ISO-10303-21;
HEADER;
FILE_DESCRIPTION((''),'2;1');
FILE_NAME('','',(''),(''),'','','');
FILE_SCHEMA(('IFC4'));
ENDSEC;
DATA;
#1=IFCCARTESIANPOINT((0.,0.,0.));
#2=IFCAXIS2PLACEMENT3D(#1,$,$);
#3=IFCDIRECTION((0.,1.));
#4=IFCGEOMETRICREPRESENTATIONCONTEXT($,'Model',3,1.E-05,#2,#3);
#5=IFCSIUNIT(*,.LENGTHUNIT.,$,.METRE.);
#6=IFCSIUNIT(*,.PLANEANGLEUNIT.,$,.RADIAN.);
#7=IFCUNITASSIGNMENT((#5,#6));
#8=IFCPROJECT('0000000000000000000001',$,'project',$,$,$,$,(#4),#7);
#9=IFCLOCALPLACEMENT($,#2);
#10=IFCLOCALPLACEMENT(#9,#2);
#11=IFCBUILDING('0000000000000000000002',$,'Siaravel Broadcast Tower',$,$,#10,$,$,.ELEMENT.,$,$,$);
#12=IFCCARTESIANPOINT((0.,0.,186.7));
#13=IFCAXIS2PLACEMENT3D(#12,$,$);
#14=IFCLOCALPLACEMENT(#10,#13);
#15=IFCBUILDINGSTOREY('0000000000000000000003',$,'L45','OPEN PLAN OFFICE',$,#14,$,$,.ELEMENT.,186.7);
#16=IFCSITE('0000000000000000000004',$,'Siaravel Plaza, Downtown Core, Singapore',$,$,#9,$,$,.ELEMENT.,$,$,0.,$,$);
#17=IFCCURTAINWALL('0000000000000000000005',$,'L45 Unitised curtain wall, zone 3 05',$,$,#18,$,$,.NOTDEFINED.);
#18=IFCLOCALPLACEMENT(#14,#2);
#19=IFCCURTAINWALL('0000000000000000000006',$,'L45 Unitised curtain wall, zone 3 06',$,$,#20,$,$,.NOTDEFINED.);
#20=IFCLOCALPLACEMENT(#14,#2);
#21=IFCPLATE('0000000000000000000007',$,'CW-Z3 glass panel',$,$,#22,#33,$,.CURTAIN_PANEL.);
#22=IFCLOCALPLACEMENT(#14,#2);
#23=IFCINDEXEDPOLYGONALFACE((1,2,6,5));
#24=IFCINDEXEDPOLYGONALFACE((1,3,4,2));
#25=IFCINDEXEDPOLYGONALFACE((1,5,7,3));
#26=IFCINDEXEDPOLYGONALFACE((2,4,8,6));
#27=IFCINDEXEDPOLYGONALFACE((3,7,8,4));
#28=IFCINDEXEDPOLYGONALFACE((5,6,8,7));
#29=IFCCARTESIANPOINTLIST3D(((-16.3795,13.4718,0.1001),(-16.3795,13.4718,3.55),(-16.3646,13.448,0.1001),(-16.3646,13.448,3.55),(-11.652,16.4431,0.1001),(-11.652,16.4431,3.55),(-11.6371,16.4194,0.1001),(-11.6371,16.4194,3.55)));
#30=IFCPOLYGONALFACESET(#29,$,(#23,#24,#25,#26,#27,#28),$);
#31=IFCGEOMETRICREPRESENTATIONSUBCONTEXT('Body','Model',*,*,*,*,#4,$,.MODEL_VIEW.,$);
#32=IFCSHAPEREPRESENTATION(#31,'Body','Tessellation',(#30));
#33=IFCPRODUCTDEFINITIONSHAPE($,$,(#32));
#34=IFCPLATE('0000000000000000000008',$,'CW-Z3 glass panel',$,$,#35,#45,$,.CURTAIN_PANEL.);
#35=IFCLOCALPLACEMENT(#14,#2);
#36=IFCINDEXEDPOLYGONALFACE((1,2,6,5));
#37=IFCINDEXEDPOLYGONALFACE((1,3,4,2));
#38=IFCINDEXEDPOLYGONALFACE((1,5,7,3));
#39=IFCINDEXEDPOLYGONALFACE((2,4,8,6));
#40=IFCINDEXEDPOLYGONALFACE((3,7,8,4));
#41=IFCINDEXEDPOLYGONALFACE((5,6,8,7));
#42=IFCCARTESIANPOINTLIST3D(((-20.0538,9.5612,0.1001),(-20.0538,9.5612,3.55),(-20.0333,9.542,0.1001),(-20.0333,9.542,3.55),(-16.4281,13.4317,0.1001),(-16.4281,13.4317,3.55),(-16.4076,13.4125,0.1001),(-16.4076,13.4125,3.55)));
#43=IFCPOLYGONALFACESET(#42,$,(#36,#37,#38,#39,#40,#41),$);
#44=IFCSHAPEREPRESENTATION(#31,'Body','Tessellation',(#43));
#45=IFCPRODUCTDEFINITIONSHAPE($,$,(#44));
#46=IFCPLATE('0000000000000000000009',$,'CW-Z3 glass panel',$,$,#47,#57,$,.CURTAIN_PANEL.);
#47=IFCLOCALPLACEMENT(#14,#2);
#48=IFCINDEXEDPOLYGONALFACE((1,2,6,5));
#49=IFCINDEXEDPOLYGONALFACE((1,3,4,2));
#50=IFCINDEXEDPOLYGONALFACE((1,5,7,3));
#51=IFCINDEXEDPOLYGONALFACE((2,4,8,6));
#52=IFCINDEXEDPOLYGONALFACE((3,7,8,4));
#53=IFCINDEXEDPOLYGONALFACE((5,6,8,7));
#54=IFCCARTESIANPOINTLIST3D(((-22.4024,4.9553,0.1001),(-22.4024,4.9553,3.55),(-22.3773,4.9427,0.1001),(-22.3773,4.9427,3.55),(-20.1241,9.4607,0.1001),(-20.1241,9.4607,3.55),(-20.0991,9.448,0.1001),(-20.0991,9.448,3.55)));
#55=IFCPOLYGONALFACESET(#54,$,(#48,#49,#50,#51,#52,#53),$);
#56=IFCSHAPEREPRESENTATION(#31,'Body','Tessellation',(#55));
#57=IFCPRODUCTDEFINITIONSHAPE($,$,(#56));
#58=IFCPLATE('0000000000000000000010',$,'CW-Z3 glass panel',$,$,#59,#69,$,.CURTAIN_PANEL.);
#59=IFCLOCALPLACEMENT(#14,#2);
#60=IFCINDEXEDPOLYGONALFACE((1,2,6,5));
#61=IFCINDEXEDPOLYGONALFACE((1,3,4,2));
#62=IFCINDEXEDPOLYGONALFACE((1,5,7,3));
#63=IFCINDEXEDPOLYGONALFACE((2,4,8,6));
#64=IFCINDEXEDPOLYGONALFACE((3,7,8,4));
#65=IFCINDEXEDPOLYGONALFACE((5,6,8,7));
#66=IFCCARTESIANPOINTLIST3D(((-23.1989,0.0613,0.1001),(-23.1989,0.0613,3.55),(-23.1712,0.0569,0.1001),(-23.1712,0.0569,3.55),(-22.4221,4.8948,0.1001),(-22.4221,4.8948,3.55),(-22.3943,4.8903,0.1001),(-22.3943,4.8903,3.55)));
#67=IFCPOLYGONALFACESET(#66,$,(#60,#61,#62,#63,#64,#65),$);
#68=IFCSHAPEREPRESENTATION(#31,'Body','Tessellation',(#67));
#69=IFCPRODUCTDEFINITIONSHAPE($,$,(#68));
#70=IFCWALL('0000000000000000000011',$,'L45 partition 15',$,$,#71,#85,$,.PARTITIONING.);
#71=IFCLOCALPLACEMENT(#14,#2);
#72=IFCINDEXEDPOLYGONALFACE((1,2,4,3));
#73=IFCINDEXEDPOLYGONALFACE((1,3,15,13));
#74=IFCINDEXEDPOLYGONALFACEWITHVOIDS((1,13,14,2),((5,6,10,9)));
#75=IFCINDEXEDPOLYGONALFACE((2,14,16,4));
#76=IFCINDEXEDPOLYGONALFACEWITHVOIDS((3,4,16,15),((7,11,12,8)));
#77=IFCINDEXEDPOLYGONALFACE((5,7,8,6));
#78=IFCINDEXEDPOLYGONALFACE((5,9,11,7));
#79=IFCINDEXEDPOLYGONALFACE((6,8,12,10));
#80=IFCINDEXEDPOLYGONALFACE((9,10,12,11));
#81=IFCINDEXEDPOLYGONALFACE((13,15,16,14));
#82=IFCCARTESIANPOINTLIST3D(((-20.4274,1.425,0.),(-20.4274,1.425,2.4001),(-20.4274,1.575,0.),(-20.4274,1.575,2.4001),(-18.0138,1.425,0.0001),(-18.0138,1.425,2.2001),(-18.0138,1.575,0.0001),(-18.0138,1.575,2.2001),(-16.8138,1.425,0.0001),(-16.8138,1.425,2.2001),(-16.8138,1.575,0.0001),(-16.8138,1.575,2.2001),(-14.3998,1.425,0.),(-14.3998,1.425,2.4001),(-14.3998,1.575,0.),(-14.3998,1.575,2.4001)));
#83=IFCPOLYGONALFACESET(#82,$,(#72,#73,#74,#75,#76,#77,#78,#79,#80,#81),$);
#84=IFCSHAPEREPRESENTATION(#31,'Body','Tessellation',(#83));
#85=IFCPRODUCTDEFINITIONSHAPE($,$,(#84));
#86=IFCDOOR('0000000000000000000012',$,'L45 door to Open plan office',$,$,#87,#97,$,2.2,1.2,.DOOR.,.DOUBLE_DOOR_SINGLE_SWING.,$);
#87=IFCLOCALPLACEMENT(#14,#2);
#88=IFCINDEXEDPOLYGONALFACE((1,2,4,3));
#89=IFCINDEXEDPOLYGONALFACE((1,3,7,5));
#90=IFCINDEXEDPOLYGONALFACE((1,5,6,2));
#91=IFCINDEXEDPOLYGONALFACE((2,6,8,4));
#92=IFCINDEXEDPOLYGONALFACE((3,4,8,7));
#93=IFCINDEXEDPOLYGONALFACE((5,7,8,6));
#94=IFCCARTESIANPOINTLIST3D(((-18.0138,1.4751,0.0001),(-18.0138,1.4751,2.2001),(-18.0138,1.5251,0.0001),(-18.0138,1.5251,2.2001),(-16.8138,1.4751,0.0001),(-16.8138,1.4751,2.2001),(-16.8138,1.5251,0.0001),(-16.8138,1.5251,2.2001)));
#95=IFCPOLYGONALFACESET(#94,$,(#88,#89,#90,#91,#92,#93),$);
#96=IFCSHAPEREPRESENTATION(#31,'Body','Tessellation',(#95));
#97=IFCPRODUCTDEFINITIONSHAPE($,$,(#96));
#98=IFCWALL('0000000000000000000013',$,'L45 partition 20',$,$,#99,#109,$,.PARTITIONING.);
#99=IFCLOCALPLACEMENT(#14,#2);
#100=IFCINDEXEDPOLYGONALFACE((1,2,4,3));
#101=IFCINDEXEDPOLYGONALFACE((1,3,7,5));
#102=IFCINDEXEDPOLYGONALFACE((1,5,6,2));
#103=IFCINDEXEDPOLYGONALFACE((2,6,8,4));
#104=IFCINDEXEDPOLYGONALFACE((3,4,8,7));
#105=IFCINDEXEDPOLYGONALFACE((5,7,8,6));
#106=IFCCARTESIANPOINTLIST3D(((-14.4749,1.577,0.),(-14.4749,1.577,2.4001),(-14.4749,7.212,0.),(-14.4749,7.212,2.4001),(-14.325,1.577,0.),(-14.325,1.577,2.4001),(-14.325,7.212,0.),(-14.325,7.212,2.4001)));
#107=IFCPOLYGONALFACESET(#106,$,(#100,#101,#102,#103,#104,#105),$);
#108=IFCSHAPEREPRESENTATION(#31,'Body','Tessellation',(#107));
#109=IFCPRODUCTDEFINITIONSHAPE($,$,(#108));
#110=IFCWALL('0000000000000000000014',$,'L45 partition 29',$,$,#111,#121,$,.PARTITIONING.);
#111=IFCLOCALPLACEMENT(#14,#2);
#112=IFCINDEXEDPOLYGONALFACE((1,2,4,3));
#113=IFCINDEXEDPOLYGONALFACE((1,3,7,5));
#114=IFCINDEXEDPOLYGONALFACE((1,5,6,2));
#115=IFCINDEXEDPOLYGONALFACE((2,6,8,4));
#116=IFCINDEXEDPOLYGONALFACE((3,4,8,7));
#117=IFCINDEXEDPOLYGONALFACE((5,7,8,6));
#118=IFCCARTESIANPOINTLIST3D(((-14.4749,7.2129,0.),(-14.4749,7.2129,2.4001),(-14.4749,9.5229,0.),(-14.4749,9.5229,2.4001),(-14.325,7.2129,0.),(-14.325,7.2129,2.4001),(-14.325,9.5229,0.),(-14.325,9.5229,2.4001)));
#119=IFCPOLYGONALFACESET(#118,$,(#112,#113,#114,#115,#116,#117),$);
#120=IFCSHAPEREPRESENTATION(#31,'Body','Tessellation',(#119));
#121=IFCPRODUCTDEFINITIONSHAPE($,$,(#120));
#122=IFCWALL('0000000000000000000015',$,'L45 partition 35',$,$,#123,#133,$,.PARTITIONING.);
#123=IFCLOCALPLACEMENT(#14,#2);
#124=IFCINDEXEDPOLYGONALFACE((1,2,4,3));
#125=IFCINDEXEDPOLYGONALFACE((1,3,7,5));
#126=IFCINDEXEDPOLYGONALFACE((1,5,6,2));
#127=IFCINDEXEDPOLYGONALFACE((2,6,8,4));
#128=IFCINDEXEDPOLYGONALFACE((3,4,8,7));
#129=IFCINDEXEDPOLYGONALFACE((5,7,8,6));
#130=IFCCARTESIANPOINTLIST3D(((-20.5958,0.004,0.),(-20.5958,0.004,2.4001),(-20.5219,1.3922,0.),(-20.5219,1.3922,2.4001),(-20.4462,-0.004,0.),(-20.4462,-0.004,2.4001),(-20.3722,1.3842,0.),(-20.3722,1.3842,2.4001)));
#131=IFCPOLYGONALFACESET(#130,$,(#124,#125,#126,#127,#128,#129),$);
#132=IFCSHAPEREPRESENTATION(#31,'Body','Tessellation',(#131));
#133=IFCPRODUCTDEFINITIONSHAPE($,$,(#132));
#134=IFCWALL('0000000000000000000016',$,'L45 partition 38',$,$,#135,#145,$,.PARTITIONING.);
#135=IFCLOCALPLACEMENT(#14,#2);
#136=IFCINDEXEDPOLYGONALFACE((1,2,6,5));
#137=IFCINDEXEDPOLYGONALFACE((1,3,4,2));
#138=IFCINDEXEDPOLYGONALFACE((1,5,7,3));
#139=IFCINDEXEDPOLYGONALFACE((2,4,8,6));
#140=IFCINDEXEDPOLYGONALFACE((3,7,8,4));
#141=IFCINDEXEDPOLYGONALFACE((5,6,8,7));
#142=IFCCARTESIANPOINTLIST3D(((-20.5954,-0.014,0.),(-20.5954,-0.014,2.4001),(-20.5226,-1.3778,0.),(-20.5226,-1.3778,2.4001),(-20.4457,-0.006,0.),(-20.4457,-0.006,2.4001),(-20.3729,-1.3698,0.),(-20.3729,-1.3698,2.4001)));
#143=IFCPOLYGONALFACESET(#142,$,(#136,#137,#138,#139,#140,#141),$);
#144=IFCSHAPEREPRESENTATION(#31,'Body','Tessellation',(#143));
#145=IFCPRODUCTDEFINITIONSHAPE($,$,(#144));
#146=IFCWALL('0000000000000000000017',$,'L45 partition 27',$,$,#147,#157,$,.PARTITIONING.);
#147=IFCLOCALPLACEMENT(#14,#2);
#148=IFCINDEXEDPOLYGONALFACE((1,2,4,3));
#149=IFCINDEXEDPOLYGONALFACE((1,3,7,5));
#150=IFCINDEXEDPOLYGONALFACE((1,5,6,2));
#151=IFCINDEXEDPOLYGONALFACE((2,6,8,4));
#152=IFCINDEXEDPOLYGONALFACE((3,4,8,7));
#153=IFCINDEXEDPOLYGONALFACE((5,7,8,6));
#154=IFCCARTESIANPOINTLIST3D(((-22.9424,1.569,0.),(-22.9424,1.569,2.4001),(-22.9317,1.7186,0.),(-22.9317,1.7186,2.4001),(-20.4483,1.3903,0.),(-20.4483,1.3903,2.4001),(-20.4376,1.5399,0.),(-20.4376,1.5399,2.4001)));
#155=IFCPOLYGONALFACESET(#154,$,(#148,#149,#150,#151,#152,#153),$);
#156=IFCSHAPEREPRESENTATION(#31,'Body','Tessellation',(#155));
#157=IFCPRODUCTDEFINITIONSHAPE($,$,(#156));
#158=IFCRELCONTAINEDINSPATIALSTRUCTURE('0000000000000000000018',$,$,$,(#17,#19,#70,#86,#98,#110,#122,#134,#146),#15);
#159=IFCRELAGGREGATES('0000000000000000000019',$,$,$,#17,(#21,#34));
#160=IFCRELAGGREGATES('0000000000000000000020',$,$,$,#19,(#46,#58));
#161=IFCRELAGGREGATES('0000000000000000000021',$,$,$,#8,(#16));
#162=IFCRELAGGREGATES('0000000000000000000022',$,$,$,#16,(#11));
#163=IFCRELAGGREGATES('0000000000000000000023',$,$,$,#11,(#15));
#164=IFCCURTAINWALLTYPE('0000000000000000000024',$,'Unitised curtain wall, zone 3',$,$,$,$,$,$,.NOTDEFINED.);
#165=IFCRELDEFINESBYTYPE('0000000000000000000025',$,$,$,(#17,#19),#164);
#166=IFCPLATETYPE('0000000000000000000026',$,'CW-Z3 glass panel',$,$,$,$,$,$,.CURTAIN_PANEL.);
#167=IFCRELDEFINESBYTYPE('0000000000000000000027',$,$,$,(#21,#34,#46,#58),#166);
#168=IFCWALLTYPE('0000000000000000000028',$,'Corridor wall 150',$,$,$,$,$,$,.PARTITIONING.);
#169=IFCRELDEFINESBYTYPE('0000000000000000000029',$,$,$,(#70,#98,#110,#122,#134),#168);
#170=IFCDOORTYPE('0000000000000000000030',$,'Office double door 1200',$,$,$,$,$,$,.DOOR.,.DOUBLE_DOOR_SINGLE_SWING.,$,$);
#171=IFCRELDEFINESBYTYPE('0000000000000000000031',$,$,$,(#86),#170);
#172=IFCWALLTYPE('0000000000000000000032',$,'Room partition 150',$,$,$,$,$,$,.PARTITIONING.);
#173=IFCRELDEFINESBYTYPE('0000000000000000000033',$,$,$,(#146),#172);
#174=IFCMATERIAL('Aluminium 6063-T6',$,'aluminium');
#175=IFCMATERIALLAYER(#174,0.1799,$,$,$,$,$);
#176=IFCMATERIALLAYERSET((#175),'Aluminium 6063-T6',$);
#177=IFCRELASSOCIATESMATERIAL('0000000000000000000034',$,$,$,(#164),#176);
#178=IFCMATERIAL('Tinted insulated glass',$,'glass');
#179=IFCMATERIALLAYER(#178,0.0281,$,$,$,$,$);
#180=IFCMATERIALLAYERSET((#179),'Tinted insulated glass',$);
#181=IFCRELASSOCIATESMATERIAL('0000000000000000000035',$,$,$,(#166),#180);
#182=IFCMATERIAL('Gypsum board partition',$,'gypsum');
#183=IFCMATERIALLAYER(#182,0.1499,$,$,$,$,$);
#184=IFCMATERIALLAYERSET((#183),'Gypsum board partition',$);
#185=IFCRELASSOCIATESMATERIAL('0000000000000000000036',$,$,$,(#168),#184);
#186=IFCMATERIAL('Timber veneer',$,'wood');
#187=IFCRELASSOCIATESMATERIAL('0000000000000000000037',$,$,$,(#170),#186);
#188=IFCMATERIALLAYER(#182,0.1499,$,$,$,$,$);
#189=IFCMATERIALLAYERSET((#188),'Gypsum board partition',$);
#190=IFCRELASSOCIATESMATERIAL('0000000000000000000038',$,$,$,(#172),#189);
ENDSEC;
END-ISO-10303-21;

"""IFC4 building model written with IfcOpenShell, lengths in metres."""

from ifc_helpers import new_model, si_unit, direction, frame, frame_2d, origin, origin_2d, place, context, subcontext, project, spatial, rectangle, extrude, material, layer, layer_set, type_object, element, fill, aggregate, save


model = new_model("IFC4")

# Units and contexts
model_context = context("Model", 3, precision=1e-05, world=origin(), true_north=direction((0.0, 1.0)))
body_context = subcontext(model_context, "Body", "Model", "MODEL_VIEW")
ifc_project = project(units=[si_unit("LENGTHUNIT", "METRE"), si_unit("PLANEANGLEUNIT", "RADIAN")], contexts=[model_context])

# Site, building, storey
site_placement = place(None, origin())
site = spatial("IfcSite", under=ifc_project, at=site_placement, Name="Siaravel Plaza, Downtown Core, Singapore", CompositionType="ELEMENT", RefElevation=0.0)
building_placement = place(site_placement, origin())
building = spatial("IfcBuilding", under=site, at=building_placement, Name="Siaravel Broadcast Tower", CompositionType="ELEMENT")
storey_placement = place(building_placement, frame((0.0, 0.0, 186.7)))
storey = spatial("IfcBuildingStorey", under=building, at=storey_placement, Name="L45", Description="OPEN PLAN OFFICE", CompositionType="ELEMENT", Elevation=186.7)

# Curtain walls
ifc_material_1 = material(Name="Aluminium 6063-T6", Category="aluminium")
ifc_layer_1 = layer(ifc_material_1, 0.1799)
ifc_layer_set_1 = layer_set([ifc_layer_1], Name="Aluminium 6063-T6")
curtain_wall_type = type_object("IfcCurtainWallType", Name="Unitised curtain wall, zone 3", PredefinedType="NOTDEFINED", material=ifc_layer_set_1)
curtain_wall_1_placement = place(storey_placement, origin())
curtain_wall_1 = element("IfcCurtainWall", 1, at=curtain_wall_1_placement, inside=storey, type_object=curtain_wall_type, Name="L45 Unitised curtain wall, zone 3 05", PredefinedType="NOTDEFINED")
curtain_wall_2_placement = place(storey_placement, origin())
curtain_wall_2 = element("IfcCurtainWall", 2, at=curtain_wall_2_placement, inside=storey, type_object=curtain_wall_type, Name="L45 Unitised curtain wall, zone 3 06", PredefinedType="NOTDEFINED")

# Plates
ifc_material_2 = material(Name="Tinted insulated glass", Category="glass")
ifc_layer_2 = layer(ifc_material_2, 0.0281)
ifc_layer_set_2 = layer_set([ifc_layer_2], Name="Tinted insulated glass")
plate_type = type_object("IfcPlateType", Name="CW-Z3 glass panel", PredefinedType="CURTAIN_PANEL", material=ifc_layer_set_2)
plate_1_placement = place(storey_placement, frame((-14.0083, 14.9456, 0.1001), z_axis=(0.0, 0.0, 1.0), x_axis=(-0.846651, -0.532149, 0.0)))
plate_1 = element("IfcPlate", 3, at=plate_1_placement, type_object=plate_type, Name="CW-Z3 glass panel", PredefinedType="CURTAIN_PANEL", context=body_context, shape_type="SweptSolid", body=[
    extrude(rectangle(XDim=5.5837, YDim=0.0281, at=origin_2d()), origin(), (0.0, 0.0, 1.0), 3.45),
])
plate_2_placement = place(storey_placement, frame((-18.2307, 11.4868, 0.1001), z_axis=(0.0, 0.0, 1.0), x_axis=(-0.683655, -0.729805, 0.0)))
plate_2 = element("IfcPlate", 4, at=plate_2_placement, type_object=plate_type, Name="CW-Z3 glass panel", PredefinedType="CURTAIN_PANEL", context=body_context, shape_type="SweptSolid", body=[
    extrude(rectangle(XDim=5.3035, YDim=0.0281, at=origin_2d()), origin(), (0.0, 0.0, 1.0), 3.45),
])
aggregate(curtain_wall_1, [plate_1, plate_2])
plate_3_placement = place(storey_placement, frame((-21.2507, 7.2017, 0.1001), z_axis=(0.0, 0.0, 1.0), x_axis=(-0.451261, -0.892392, 0.0)))
plate_3 = element("IfcPlate", 5, at=plate_3_placement, type_object=plate_type, Name="CW-Z3 glass panel", PredefinedType="CURTAIN_PANEL", context=body_context, shape_type="SweptSolid", body=[
    extrude(rectangle(XDim=5.0486, YDim=0.0281, at=origin_2d()), origin(), (0.0, 0.0, 1.0), 3.45),
])
plate_4_placement = place(storey_placement, frame((-22.7966, 2.4758, 0.1001), z_axis=(0.0, 0.0, 1.0), x_axis=(-0.158686, -0.987329, 0.0)))
plate_4 = element("IfcPlate", 6, at=plate_4_placement, type_object=plate_type, Name="CW-Z3 glass panel", PredefinedType="CURTAIN_PANEL", context=body_context, shape_type="SweptSolid", body=[
    extrude(rectangle(XDim=4.8955, YDim=0.0281, at=origin_2d()), origin(), (0.0, 0.0, 1.0), 3.45),
])
aggregate(curtain_wall_2, [plate_3, plate_4])

# Wall, opening, door
ifc_material_3 = material(Name="Gypsum board partition", Category="gypsum")
ifc_layer_3 = layer(ifc_material_3, 0.1499)
ifc_layer_set_3 = layer_set([ifc_layer_3], Name="Gypsum board partition")
wall_type_1 = type_object("IfcWallType", Name="Corridor wall 150", PredefinedType="PARTITIONING", material=ifc_layer_set_3)
wall_1_placement = place(storey_placement, frame((-14.3999, 1.5, 0.0), z_axis=(0.0, 0.0, 1.0), x_axis=(-1.0, 0.0, 0.0)))
wall_1 = element("IfcWall", 7, at=wall_1_placement, inside=storey, type_object=wall_type_1, Name="L45 partition 15", PredefinedType="PARTITIONING", context=body_context, shape_type="SweptSolid", body=[
    extrude(rectangle(XDim=6.0276, YDim=0.1499, at=frame_2d((3.0137, 0.0))), origin(), (0.0, 0.0, 1.0), 2.4001),
])
opening_placement = place(wall_1_placement, frame((2.4138, 0.0, 0.0)))
opening = element("IfcOpeningElement", 8, at=opening_placement, cuts=wall_1, PredefinedType="OPENING", context=body_context, shape_type="SweptSolid", body=[
    extrude(rectangle(XDim=1.2, YDim=2.2, at=frame_2d((0.6001, 1.1001))), frame((0.0, 0.085, 0.0), z_axis=(0.0, -1.0, 0.0), x_axis=(1.0, 0.0, 0.0)), (0.0, 0.0, 1.0), 0.1699),
])
ifc_material_4 = material(Name="Timber veneer", Category="wood")
door_type = type_object("IfcDoorType", Name="Office double door 1200", OperationType="DOUBLE_DOOR_SINGLE_SWING", PredefinedType="DOOR", material=ifc_material_4)
door_placement = place(opening_placement, origin())
door = element("IfcDoor", 9, at=door_placement, inside=storey, type_object=door_type, Name="L45 door to Open plan office", OperationType="DOUBLE_DOOR_SINGLE_SWING", OverallHeight=2.2, OverallWidth=1.2, PredefinedType="DOOR", context=body_context, shape_type="SweptSolid", body=[
    extrude(rectangle(XDim=1.2, YDim=2.2, at=frame_2d((0.6001, 1.1001))), frame((0.0, 0.0249, 0.0), z_axis=(0.0, -1.0, 0.0), x_axis=(1.0, 0.0, 0.0)), (0.0, 0.0, 1.0), 0.05),
])
fill(opening, door)

# Walls
wall_2_placement = place(storey_placement, frame((-14.3999, 7.2119, 0.0), z_axis=(0.0, 0.0, 1.0), x_axis=(0.0, -1.0, 0.0)))
element("IfcWall", 10, at=wall_2_placement, inside=storey, type_object=wall_type_1, Name="L45 partition 20", PredefinedType="PARTITIONING", context=body_context, shape_type="SweptSolid", body=[
    extrude(rectangle(XDim=5.635, YDim=0.1499, at=frame_2d((2.8174, 0.0))), origin(), (0.0, 0.0, 1.0), 2.4001),
])
wall_3_placement = place(storey_placement, frame((-14.3999, 9.5229, 0.0), z_axis=(0.0, 0.0, 1.0), x_axis=(0.0, -1.0, 0.0)))
element("IfcWall", 11, at=wall_3_placement, inside=storey, type_object=wall_type_1, Name="L45 partition 29", PredefinedType="PARTITIONING", context=body_context, shape_type="SweptSolid", body=[
    extrude(rectangle(XDim=2.3101, YDim=0.1499, at=frame_2d((1.155, 0.0))), origin(), (0.0, 0.0, 1.0), 2.4001),
])
wall_4_placement = place(storey_placement, frame((-20.447, 1.3882, 0.0), z_axis=(0.0, 0.0, 1.0), x_axis=(-0.053213, -0.998583, 0.0)))
element("IfcWall", 12, at=wall_4_placement, inside=storey, type_object=wall_type_1, Name="L45 partition 35", PredefinedType="PARTITIONING", context=body_context, shape_type="SweptSolid", body=[
    extrude(rectangle(XDim=1.3901, YDim=0.1499, at=frame_2d((0.6951, 0.0))), origin(), (0.0, 0.0, 1.0), 2.4001),
])
wall_5_placement = place(storey_placement, frame((-20.5205, -0.01, 0.0), z_axis=(0.0, 0.0, 1.0), x_axis=(0.053272, -0.99858, 0.0)))
element("IfcWall", 13, at=wall_5_placement, inside=storey, type_object=wall_type_1, Name="L45 partition 38", PredefinedType="PARTITIONING", context=body_context, shape_type="SweptSolid", body=[
    extrude(rectangle(XDim=1.3657, YDim=0.1499, at=frame_2d((0.6829, 0.0))), origin(), (0.0, 0.0, 1.0), 2.4001),
])
ifc_layer_4 = layer(ifc_material_3, 0.1499)
ifc_layer_set_4 = layer_set([ifc_layer_4], Name="Gypsum board partition")
wall_type_2 = type_object("IfcWallType", Name="Room partition 150", PredefinedType="PARTITIONING", material=ifc_layer_set_4)
wall_6_placement = place(storey_placement, frame((-22.937, 1.6438, 0.0), z_axis=(0.0, 0.0, 1.0), x_axis=(0.997443, -0.071469, 0.0)))
element("IfcWall", 14, at=wall_6_placement, inside=storey, type_object=wall_type_2, Name="L45 partition 27", PredefinedType="PARTITIONING", context=body_context, shape_type="SweptSolid", body=[
    extrude(rectangle(XDim=2.5005, YDim=0.1499, at=frame_2d((1.2502, 0.0))), origin(), (0.0, 0.0, 1.0), 2.4001),
])

save(model, "model.ifc")
